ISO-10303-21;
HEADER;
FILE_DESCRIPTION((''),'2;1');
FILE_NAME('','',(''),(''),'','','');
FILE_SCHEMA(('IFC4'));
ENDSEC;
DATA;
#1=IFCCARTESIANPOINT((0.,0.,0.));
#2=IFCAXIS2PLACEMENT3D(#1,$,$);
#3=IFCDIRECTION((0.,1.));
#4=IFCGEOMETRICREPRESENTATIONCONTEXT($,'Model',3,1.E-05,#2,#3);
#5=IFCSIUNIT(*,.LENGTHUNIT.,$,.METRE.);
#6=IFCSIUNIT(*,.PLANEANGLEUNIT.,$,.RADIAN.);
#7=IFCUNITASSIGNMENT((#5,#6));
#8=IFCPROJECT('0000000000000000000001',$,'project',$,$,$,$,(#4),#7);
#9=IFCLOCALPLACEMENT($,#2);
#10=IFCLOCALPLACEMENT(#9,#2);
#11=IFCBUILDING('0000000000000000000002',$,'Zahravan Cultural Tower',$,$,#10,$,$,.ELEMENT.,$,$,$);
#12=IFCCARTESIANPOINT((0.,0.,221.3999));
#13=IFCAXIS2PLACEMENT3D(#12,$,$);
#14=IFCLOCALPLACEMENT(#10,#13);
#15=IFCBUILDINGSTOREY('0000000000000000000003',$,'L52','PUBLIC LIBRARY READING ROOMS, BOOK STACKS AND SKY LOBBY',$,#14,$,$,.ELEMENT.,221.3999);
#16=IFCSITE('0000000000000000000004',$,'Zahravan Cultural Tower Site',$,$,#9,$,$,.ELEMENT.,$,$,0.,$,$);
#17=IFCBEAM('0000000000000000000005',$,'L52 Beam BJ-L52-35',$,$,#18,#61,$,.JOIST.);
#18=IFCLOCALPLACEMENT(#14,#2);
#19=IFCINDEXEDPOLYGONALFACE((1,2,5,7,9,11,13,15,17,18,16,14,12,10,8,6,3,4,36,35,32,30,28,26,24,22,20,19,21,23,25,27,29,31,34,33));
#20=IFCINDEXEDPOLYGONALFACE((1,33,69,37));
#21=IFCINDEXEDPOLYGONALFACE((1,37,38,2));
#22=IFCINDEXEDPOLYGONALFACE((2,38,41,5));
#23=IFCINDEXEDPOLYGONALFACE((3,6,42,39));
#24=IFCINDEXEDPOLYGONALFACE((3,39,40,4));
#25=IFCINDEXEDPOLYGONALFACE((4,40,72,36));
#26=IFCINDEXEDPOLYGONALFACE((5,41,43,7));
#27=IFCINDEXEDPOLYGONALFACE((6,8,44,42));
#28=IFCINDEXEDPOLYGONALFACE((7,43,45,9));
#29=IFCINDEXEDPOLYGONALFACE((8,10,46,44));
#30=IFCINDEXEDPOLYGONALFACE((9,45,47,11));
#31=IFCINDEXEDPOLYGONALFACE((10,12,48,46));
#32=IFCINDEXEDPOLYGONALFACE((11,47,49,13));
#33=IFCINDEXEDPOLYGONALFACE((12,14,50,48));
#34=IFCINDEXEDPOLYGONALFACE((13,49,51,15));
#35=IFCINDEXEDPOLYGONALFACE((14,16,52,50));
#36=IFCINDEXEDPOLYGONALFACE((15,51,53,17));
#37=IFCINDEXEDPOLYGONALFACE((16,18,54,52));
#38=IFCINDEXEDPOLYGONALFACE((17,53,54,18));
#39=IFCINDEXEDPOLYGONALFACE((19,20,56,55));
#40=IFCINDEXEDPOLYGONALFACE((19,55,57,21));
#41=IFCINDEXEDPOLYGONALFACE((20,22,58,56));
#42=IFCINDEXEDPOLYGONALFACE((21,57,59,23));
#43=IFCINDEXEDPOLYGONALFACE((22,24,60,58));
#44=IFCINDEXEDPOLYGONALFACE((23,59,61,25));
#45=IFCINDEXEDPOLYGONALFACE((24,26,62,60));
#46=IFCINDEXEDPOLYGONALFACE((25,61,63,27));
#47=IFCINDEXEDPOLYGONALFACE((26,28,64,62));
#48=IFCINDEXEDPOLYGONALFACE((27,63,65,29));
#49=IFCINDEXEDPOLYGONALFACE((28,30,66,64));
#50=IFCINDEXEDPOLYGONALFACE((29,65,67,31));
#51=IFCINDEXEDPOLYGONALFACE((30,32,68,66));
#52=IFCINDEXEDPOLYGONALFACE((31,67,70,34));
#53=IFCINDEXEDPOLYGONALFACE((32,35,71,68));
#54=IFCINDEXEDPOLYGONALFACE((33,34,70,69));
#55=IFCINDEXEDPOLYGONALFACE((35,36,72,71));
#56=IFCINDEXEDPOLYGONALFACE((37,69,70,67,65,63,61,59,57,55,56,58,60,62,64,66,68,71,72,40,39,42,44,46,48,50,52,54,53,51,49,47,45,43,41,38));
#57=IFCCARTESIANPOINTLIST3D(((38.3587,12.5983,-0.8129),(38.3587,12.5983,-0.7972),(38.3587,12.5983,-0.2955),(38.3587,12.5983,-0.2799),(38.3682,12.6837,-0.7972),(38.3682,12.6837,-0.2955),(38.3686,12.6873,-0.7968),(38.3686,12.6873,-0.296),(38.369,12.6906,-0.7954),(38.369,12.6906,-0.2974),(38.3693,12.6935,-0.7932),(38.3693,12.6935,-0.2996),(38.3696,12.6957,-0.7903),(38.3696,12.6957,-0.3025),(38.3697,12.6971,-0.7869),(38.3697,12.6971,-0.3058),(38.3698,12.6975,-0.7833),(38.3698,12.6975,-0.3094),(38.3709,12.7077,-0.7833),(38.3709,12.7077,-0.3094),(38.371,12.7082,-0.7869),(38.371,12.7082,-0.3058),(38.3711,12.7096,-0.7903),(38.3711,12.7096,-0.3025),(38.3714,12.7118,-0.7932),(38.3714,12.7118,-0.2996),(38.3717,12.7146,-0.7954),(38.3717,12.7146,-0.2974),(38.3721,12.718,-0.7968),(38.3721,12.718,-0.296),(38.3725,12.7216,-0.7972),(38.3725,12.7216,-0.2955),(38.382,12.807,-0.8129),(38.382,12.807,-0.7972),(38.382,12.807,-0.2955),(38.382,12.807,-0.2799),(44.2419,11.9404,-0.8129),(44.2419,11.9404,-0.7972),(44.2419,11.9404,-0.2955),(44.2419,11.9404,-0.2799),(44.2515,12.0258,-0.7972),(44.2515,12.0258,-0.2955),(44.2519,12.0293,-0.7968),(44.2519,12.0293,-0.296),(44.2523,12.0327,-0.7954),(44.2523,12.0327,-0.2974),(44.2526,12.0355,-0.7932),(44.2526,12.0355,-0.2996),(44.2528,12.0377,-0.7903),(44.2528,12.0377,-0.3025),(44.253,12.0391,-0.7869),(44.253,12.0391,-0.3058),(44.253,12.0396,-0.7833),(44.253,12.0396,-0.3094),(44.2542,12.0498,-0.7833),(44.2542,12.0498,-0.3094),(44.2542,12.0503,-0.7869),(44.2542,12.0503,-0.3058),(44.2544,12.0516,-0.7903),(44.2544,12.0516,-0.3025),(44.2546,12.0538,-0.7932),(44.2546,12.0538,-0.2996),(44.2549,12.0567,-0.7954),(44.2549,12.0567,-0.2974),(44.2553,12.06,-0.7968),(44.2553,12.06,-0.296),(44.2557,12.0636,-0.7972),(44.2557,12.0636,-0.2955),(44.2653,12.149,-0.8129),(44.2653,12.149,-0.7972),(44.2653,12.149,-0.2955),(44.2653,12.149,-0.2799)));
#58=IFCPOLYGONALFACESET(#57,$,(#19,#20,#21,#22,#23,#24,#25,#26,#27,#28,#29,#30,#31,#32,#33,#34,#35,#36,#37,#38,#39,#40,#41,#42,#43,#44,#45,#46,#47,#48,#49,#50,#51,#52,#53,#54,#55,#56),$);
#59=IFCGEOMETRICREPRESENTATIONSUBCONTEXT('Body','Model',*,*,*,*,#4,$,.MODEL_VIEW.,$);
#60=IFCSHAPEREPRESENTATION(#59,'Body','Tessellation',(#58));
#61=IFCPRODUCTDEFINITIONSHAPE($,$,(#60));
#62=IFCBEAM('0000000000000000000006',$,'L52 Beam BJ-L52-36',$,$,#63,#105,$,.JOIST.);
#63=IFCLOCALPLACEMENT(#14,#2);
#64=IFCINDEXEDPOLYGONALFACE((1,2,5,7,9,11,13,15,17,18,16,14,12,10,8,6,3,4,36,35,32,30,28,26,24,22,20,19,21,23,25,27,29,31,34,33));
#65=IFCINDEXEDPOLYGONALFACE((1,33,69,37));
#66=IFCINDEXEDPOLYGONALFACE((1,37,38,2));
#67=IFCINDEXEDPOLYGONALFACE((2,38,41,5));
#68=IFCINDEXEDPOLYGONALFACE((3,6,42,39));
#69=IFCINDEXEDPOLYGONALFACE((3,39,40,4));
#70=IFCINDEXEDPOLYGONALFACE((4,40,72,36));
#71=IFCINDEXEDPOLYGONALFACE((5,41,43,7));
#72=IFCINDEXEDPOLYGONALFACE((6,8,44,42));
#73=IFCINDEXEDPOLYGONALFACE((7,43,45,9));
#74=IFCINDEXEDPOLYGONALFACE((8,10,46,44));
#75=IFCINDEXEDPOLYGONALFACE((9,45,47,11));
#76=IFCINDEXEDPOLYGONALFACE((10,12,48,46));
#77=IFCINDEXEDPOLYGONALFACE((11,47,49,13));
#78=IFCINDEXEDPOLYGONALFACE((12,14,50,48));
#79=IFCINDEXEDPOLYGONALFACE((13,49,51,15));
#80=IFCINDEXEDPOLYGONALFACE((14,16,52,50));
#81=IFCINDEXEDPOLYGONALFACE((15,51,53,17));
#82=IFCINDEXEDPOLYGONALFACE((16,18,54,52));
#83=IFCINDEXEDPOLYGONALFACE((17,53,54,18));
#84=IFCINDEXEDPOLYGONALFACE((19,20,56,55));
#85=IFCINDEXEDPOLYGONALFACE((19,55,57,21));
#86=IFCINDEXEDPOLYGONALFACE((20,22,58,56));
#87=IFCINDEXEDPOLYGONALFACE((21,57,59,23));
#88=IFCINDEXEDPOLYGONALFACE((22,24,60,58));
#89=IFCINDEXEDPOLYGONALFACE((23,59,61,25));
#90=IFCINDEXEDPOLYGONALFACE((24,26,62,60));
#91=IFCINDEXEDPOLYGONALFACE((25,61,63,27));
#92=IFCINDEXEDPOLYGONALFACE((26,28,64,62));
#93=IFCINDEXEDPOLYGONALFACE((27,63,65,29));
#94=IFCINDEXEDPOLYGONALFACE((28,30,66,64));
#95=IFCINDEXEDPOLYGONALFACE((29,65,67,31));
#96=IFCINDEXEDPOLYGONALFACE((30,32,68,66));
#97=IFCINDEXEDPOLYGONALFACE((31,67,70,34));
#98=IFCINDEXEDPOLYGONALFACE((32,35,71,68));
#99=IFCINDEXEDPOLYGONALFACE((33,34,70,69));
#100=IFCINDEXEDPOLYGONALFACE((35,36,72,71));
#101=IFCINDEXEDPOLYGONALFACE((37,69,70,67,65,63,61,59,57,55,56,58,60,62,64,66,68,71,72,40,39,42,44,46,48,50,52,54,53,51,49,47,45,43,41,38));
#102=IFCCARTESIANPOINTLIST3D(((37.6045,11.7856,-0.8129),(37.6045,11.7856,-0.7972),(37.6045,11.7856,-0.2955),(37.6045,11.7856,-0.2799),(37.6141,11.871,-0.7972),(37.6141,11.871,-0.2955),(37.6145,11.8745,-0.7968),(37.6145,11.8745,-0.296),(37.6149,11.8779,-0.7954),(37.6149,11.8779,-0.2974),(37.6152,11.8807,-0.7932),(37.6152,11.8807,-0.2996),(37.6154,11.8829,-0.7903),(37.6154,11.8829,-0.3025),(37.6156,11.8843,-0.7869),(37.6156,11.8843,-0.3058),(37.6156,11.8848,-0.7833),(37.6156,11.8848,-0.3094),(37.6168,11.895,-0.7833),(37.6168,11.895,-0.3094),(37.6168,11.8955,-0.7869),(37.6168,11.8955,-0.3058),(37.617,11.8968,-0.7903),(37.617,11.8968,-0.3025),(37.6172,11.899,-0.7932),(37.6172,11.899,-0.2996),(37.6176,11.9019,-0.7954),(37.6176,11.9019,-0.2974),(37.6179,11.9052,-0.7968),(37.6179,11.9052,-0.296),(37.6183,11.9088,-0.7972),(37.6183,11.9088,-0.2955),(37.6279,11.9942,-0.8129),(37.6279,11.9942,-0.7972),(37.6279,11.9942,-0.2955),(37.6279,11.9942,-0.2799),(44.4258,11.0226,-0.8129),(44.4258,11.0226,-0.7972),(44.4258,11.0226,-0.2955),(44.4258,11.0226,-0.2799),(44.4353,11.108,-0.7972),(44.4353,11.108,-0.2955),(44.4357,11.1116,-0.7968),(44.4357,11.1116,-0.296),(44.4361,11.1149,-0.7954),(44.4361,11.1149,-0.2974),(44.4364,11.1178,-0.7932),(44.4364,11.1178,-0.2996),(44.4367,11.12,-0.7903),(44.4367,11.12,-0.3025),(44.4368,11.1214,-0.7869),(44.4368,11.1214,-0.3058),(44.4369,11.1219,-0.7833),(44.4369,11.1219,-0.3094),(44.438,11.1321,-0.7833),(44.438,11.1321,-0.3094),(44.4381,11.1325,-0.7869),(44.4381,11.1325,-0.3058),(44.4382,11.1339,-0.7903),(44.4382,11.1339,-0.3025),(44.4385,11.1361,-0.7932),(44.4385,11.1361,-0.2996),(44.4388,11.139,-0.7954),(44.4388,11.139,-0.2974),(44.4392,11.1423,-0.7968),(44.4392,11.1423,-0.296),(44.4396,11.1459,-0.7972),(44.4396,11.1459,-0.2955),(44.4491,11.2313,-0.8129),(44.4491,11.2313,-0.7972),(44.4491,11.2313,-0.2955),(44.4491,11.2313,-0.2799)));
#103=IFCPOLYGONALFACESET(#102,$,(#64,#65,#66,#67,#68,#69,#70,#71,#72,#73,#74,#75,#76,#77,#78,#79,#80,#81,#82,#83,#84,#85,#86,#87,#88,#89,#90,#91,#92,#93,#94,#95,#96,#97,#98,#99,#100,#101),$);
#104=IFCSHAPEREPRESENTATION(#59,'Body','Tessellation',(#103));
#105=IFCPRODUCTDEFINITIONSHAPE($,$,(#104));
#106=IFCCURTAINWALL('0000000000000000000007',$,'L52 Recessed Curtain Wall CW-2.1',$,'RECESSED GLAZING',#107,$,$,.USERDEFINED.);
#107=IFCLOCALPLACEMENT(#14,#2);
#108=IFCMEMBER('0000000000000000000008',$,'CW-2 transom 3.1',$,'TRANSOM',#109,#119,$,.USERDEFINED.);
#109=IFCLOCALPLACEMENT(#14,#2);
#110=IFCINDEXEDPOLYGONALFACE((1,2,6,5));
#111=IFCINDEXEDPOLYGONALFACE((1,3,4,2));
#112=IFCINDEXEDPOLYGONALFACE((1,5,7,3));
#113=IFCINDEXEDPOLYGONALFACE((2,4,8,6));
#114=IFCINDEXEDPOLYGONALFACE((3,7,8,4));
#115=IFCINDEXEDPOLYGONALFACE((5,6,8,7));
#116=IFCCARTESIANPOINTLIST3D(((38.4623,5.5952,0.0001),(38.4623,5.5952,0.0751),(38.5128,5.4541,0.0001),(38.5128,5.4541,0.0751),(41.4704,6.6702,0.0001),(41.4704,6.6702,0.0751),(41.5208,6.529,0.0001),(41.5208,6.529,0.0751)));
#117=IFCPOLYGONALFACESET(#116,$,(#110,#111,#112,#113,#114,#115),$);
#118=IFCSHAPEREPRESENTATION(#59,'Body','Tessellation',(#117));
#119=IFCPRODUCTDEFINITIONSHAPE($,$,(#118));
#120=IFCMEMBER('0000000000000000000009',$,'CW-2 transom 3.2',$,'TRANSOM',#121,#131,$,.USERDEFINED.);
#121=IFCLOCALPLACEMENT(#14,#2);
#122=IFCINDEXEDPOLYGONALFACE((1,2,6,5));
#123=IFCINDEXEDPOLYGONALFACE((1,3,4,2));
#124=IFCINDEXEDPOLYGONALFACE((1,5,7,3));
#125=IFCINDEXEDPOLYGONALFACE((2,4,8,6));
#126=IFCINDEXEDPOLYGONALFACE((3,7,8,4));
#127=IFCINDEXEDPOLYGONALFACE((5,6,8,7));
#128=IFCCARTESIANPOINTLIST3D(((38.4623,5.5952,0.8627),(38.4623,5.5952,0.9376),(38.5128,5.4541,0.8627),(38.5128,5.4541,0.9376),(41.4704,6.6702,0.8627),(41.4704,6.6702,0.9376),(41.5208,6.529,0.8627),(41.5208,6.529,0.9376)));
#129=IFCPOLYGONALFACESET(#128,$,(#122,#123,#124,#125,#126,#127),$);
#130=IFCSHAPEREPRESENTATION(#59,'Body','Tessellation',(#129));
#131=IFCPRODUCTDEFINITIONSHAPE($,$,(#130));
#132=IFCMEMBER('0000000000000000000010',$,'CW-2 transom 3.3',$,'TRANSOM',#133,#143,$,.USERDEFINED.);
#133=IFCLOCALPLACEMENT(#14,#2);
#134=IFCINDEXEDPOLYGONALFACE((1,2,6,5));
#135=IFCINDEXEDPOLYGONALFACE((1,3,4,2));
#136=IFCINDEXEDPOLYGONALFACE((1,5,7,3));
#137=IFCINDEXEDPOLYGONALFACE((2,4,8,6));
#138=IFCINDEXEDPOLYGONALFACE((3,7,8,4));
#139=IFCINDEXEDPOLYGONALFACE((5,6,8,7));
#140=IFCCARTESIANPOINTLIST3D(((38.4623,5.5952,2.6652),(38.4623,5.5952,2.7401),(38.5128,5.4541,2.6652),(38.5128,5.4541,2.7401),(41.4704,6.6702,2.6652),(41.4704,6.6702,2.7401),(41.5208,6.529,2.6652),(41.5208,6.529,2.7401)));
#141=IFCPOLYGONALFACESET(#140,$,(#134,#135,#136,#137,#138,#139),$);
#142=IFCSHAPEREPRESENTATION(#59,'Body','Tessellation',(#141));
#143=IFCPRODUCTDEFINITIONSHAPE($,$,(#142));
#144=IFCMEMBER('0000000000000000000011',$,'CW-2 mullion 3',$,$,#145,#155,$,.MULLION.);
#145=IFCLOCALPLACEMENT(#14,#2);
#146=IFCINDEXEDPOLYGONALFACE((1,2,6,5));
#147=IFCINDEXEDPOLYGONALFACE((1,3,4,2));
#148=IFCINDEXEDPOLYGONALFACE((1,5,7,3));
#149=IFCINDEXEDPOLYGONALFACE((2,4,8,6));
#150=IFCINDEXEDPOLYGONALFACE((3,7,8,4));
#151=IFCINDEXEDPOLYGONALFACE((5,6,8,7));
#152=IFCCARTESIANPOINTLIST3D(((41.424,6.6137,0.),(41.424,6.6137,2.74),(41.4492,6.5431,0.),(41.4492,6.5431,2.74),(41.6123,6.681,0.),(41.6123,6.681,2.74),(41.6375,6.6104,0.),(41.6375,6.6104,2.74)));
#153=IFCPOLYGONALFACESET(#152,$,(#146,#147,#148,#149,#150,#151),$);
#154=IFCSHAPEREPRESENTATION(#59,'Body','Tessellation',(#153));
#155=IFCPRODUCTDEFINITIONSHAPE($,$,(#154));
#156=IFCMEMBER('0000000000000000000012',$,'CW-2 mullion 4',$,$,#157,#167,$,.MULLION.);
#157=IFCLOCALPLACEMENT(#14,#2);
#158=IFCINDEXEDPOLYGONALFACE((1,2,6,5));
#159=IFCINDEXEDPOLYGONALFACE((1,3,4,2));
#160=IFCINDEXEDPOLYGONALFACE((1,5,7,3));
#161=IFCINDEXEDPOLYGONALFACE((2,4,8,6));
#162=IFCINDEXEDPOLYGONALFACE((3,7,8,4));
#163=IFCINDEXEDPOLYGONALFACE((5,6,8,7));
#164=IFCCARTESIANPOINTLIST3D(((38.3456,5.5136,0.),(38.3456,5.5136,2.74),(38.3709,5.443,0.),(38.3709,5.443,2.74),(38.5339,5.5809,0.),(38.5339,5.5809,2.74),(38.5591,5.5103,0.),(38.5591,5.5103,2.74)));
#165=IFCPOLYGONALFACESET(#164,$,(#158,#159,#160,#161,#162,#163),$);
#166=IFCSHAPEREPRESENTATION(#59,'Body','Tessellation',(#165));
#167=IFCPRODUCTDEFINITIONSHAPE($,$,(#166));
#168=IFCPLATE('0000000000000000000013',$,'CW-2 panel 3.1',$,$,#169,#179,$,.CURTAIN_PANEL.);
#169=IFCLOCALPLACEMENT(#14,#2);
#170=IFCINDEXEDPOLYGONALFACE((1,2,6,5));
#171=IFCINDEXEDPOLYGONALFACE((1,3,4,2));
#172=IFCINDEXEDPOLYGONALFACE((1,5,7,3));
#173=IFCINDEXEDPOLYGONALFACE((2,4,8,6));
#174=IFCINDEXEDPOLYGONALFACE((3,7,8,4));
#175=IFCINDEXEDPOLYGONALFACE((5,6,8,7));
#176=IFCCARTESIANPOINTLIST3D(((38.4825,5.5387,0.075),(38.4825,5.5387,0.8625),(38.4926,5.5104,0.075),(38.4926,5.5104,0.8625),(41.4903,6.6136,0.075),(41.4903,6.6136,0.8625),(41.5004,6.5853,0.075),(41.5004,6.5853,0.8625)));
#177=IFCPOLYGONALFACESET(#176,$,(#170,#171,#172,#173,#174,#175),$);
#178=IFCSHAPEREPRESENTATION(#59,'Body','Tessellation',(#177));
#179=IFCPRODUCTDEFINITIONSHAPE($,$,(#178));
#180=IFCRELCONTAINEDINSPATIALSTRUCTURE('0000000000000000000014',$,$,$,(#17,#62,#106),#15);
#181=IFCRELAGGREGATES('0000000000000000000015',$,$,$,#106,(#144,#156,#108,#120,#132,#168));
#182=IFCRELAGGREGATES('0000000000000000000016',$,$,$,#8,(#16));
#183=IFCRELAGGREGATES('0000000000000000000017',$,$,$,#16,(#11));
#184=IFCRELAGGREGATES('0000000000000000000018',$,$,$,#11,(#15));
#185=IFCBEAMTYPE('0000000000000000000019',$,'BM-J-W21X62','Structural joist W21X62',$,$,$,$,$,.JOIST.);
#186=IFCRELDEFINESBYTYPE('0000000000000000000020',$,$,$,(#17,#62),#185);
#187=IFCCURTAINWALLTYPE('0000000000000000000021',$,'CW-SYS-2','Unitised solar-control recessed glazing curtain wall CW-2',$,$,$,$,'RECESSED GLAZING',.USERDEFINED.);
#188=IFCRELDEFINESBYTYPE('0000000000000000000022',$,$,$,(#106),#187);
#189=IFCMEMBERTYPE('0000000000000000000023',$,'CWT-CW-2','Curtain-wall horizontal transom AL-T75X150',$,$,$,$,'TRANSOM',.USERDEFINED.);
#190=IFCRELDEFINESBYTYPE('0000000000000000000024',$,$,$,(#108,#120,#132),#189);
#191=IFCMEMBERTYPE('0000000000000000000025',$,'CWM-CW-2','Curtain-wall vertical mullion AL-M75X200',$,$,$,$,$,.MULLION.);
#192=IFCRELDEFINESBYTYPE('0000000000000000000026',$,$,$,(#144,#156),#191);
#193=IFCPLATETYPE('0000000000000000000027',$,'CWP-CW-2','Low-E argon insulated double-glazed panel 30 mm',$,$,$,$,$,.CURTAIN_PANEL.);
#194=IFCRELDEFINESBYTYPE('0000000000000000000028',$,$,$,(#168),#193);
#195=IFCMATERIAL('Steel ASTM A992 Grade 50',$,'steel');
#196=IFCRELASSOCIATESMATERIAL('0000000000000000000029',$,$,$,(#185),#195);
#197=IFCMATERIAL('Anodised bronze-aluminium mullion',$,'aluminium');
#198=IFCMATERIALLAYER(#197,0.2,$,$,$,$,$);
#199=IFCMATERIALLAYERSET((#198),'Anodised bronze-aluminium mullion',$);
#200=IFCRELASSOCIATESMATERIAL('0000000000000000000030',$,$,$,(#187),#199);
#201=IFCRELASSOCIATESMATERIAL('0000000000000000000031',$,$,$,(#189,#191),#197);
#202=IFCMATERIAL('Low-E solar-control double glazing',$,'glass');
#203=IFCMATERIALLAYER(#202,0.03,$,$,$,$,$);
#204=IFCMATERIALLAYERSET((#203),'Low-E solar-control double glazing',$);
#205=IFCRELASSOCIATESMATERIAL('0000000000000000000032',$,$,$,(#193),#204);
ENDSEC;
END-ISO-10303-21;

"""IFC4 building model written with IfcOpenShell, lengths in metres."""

from ifc_helpers import new_model, si_unit, direction, frame, origin, origin_2d, place, context, subcontext, project, spatial, rectangle, i_section, extrude, source, transform, mapped, material, layer, layer_set, material_profile, profile_set, type_object, element, aggregate, save


model = new_model("IFC4")

# Units and contexts
model_context = context("Model", 3, precision=1e-05, world=origin(), true_north=direction((0.0, 1.0)))
body_context = subcontext(model_context, "Body", "Model", "MODEL_VIEW")
ifc_project = project(units=[si_unit("LENGTHUNIT", "METRE"), si_unit("PLANEANGLEUNIT", "RADIAN")], contexts=[model_context])

# Site, building, storey
site_placement = place(None, origin())
site = spatial("IfcSite", under=ifc_project, at=site_placement, Name="Zahravan Cultural Tower Site", CompositionType="ELEMENT", RefElevation=0.0)
building_placement = place(site_placement, origin())
building = spatial("IfcBuilding", under=site, at=building_placement, Name="Zahravan Cultural Tower", CompositionType="ELEMENT")
storey_placement = place(building_placement, frame((0.0, 0.0, 221.3999)))
storey = spatial("IfcBuildingStorey", under=building, at=storey_placement, Name="L52", Description="PUBLIC LIBRARY READING ROOMS, BOOK STACKS AND SKY LOBBY", CompositionType="ELEMENT", Elevation=221.3999)

# Beams
ifc_material_1 = material(Name="Steel ASTM A992 Grade 50", Category="steel")
ifc_material_profile_1 = material_profile(ifc_material_1, i_section(OverallWidth=0.21, OverallDepth=0.533, WebThickness=0.0103, FlangeThickness=0.0156, FilletRadius=0.0139, at=origin_2d()), Name="W21X62")
ifc_profile_set_1 = profile_set([ifc_material_profile_1], Name="Steel ASTM A992 Grade 50")
beam_type = type_object("IfcBeamType", Name="BM-J-W21X62", Description="Structural joist W21X62", PredefinedType="JOIST", material=ifc_profile_set_1)
shared_shape_1 = source(origin(), body_context, "Body", "SweptSolid", [
    extrude(i_section(OverallWidth=0.21, OverallDepth=0.533, WebThickness=0.0103, FlangeThickness=0.0156, FilletRadius=0.0139, at=origin_2d()), origin(), (0.0, 0.0, 1.0), 5.9199),
])
beam_1_placement = place(storey_placement, frame((38.3704, 12.7026, -0.5464), z_axis=(0.993805, -0.111142, 0.0), x_axis=(0.111142, 0.993805, 0.0)))
element("IfcBeam", 1, at=beam_1_placement, inside=storey, type_object=beam_type, Name="L52 Beam BJ-L52-35", PredefinedType="JOIST", context=body_context, shape_type="MappedRepresentation", body=[
    mapped(shared_shape_1, transform((0.0, 0.0, 0.0), x_axis=(1.0, 0.0, 0.0), y_axis=(0.0, 1.0, 0.0), z_axis=(0.0, 0.0, 1.0), scale=1.0)),
])
shared_shape_2 = source(origin(), body_context, "Body", "SweptSolid", [
    extrude(i_section(OverallWidth=0.21, OverallDepth=0.533, WebThickness=0.0103, FlangeThickness=0.0156, FilletRadius=0.0139, at=origin_2d()), origin(), (0.0, 0.0, 1.0), 6.8638),
])
beam_2_placement = place(storey_placement, frame((37.6162, 11.8899, -0.5464), z_axis=(0.993803, -0.111154, 0.0), x_axis=(0.111154, 0.993803, 0.0)))
element("IfcBeam", 2, at=beam_2_placement, inside=storey, type_object=beam_type, Name="L52 Beam BJ-L52-36", PredefinedType="JOIST", context=body_context, shape_type="MappedRepresentation", body=[
    mapped(shared_shape_2, transform((0.0, 0.0, 0.0), x_axis=(1.0, 0.0, 0.0), y_axis=(0.0, 1.0, 0.0), z_axis=(0.0, 0.0, 1.0), scale=1.0)),
])

# Curtain wall, members, plate
ifc_material_2 = material(Name="Anodised bronze-aluminium mullion", Category="aluminium")
ifc_layer_1 = layer(ifc_material_2, 0.2)
ifc_layer_set_1 = layer_set([ifc_layer_1], Name="Anodised bronze-aluminium mullion")
curtain_wall_type = type_object("IfcCurtainWallType", Name="CW-SYS-2", Description="Unitised solar-control recessed glazing curtain wall CW-2", ElementType="RECESSED GLAZING", PredefinedType="USERDEFINED", material=ifc_layer_set_1)
curtain_wall_placement = place(storey_placement, origin())
curtain_wall = element("IfcCurtainWall", 3, at=curtain_wall_placement, inside=storey, type_object=curtain_wall_type, Name="L52 Recessed Curtain Wall CW-2.1", ObjectType="RECESSED GLAZING", PredefinedType="USERDEFINED")
ifc_material_profile_2 = material_profile(ifc_material_2, rectangle(XDim=0.1499, YDim=0.075, at=origin_2d()), Name="AL-T75X150")
ifc_profile_set_2 = profile_set([ifc_material_profile_2], Name="Anodised bronze-aluminium mullion")
member_type_1 = type_object("IfcMemberType", Name="CWT-CW-2", Description="Curtain-wall horizontal transom AL-T75X150", ElementType="TRANSOM", PredefinedType="USERDEFINED", material=ifc_profile_set_2)
shared_shape_3 = source(origin(), body_context, "Body", "SweptSolid", [
    extrude(rectangle(XDim=0.1499, YDim=0.075, at=origin_2d()), origin(), (0.0, 0.0, 1.0), 3.1943),
])
member_1_placement = place(storey_placement, frame((41.4956, 6.5996, 0.0376), z_axis=(-0.941678, -0.336516, 0.0), x_axis=(0.336516, -0.941678, 0.0)))
member_1 = element("IfcMember", 4, at=member_1_placement, type_object=member_type_1, Name="CW-2 transom 3.1", ObjectType="TRANSOM", PredefinedType="USERDEFINED", context=body_context, shape_type="MappedRepresentation", body=[
    mapped(shared_shape_3, transform((0.0, 0.0, 0.0), x_axis=(1.0, 0.0, 0.0), y_axis=(0.0, 1.0, 0.0), z_axis=(0.0, 0.0, 1.0), scale=1.0)),
])
member_2_placement = place(storey_placement, frame((41.4956, 6.5996, 0.9001), z_axis=(-0.941678, -0.336516, 0.0), x_axis=(0.336516, -0.941678, 0.0)))
member_2 = element("IfcMember", 5, at=member_2_placement, type_object=member_type_1, Name="CW-2 transom 3.2", ObjectType="TRANSOM", PredefinedType="USERDEFINED", context=body_context, shape_type="MappedRepresentation", body=[
    mapped(shared_shape_3, transform((0.0, 0.0, 0.0), x_axis=(1.0, 0.0, 0.0), y_axis=(0.0, 1.0, 0.0), z_axis=(0.0, 0.0, 1.0), scale=1.0)),
])
member_3_placement = place(storey_placement, frame((41.4956, 6.5996, 2.7026), z_axis=(-0.941678, -0.336516, 0.0), x_axis=(0.336516, -0.941678, 0.0)))
member_3 = element("IfcMember", 6, at=member_3_placement, type_object=member_type_1, Name="CW-2 transom 3.3", ObjectType="TRANSOM", PredefinedType="USERDEFINED", context=body_context, shape_type="MappedRepresentation", body=[
    mapped(shared_shape_3, transform((0.0, 0.0, 0.0), x_axis=(1.0, 0.0, 0.0), y_axis=(0.0, 1.0, 0.0), z_axis=(0.0, 0.0, 1.0), scale=1.0)),
])
ifc_material_profile_3 = material_profile(ifc_material_2, rectangle(XDim=0.075, YDim=0.2, at=origin_2d()), Name="AL-M75X200")
ifc_profile_set_3 = profile_set([ifc_material_profile_3], Name="Anodised bronze-aluminium mullion")
member_type_2 = type_object("IfcMemberType", Name="CWM-CW-2", Description="Curtain-wall vertical mullion AL-M75X200", PredefinedType="MULLION", material=ifc_profile_set_3)
shared_shape_4 = source(origin(), body_context, "Body", "SweptSolid", [
    extrude(rectangle(XDim=0.075, YDim=0.2, at=origin_2d()), origin(), (0.0, 0.0, 1.0), 2.74),
])
member_4_placement = place(storey_placement, frame((41.5308, 6.6121, 0.0), z_axis=(0.0, 0.0, 1.0), x_axis=(0.336541, -0.941669, 0.0)))
member_4 = element("IfcMember", 7, at=member_4_placement, type_object=member_type_2, Name="CW-2 mullion 3", PredefinedType="MULLION", context=body_context, shape_type="MappedRepresentation", body=[
    mapped(shared_shape_4, transform((0.0, 0.0, 0.0), x_axis=(1.0, 0.0, 0.0), y_axis=(0.0, 1.0, 0.0), z_axis=(0.0, 0.0, 1.0), scale=1.0)),
])
member_5_placement = place(storey_placement, frame((38.4524, 5.512, 0.0), z_axis=(0.0, 0.0, 1.0), x_axis=(0.336541, -0.941669, 0.0)))
member_5 = element("IfcMember", 8, at=member_5_placement, type_object=member_type_2, Name="CW-2 mullion 4", PredefinedType="MULLION", context=body_context, shape_type="MappedRepresentation", body=[
    mapped(shared_shape_4, transform((0.0, 0.0, 0.0), x_axis=(1.0, 0.0, 0.0), y_axis=(0.0, 1.0, 0.0), z_axis=(0.0, 0.0, 1.0), scale=1.0)),
])
ifc_material_3 = material(Name="Low-E solar-control double glazing", Category="glass")
ifc_layer_2 = layer(ifc_material_3, 0.03)
ifc_layer_set_2 = layer_set([ifc_layer_2], Name="Low-E solar-control double glazing")
plate_type = type_object("IfcPlateType", Name="CWP-CW-2", Description="Low-E argon insulated double-glazed panel 30 mm", PredefinedType="CURTAIN_PANEL", material=ifc_layer_set_2)
shared_shape_5 = source(origin(), body_context, "Body", "SweptSolid", [
    extrude(rectangle(XDim=3.1941, YDim=0.03, at=origin_2d()), origin(), (0.0, 0.0, 1.0), 0.7876),
])
plate_1_placement = place(storey_placement, frame((39.9915, 6.062, 0.075), z_axis=(0.0, 0.0, 1.0), x_axis=(-0.941669, -0.336541, 0.0)))
plate_1 = element("IfcPlate", 9, at=plate_1_placement, type_object=plate_type, Name="CW-2 panel 3.1", PredefinedType="CURTAIN_PANEL", context=body_context, shape_type="MappedRepresentation", body=[
    mapped(shared_shape_5, transform((0.0, 0.0, 0.0), x_axis=(1.0, 0.0, 0.0), y_axis=(0.0, 1.0, 0.0), z_axis=(0.0, 0.0, 1.0), scale=1.0)),
])
aggregate(curtain_wall, [member_4, member_5, member_1, member_2, member_3, plate_1])

save(model, "model.ifc")
